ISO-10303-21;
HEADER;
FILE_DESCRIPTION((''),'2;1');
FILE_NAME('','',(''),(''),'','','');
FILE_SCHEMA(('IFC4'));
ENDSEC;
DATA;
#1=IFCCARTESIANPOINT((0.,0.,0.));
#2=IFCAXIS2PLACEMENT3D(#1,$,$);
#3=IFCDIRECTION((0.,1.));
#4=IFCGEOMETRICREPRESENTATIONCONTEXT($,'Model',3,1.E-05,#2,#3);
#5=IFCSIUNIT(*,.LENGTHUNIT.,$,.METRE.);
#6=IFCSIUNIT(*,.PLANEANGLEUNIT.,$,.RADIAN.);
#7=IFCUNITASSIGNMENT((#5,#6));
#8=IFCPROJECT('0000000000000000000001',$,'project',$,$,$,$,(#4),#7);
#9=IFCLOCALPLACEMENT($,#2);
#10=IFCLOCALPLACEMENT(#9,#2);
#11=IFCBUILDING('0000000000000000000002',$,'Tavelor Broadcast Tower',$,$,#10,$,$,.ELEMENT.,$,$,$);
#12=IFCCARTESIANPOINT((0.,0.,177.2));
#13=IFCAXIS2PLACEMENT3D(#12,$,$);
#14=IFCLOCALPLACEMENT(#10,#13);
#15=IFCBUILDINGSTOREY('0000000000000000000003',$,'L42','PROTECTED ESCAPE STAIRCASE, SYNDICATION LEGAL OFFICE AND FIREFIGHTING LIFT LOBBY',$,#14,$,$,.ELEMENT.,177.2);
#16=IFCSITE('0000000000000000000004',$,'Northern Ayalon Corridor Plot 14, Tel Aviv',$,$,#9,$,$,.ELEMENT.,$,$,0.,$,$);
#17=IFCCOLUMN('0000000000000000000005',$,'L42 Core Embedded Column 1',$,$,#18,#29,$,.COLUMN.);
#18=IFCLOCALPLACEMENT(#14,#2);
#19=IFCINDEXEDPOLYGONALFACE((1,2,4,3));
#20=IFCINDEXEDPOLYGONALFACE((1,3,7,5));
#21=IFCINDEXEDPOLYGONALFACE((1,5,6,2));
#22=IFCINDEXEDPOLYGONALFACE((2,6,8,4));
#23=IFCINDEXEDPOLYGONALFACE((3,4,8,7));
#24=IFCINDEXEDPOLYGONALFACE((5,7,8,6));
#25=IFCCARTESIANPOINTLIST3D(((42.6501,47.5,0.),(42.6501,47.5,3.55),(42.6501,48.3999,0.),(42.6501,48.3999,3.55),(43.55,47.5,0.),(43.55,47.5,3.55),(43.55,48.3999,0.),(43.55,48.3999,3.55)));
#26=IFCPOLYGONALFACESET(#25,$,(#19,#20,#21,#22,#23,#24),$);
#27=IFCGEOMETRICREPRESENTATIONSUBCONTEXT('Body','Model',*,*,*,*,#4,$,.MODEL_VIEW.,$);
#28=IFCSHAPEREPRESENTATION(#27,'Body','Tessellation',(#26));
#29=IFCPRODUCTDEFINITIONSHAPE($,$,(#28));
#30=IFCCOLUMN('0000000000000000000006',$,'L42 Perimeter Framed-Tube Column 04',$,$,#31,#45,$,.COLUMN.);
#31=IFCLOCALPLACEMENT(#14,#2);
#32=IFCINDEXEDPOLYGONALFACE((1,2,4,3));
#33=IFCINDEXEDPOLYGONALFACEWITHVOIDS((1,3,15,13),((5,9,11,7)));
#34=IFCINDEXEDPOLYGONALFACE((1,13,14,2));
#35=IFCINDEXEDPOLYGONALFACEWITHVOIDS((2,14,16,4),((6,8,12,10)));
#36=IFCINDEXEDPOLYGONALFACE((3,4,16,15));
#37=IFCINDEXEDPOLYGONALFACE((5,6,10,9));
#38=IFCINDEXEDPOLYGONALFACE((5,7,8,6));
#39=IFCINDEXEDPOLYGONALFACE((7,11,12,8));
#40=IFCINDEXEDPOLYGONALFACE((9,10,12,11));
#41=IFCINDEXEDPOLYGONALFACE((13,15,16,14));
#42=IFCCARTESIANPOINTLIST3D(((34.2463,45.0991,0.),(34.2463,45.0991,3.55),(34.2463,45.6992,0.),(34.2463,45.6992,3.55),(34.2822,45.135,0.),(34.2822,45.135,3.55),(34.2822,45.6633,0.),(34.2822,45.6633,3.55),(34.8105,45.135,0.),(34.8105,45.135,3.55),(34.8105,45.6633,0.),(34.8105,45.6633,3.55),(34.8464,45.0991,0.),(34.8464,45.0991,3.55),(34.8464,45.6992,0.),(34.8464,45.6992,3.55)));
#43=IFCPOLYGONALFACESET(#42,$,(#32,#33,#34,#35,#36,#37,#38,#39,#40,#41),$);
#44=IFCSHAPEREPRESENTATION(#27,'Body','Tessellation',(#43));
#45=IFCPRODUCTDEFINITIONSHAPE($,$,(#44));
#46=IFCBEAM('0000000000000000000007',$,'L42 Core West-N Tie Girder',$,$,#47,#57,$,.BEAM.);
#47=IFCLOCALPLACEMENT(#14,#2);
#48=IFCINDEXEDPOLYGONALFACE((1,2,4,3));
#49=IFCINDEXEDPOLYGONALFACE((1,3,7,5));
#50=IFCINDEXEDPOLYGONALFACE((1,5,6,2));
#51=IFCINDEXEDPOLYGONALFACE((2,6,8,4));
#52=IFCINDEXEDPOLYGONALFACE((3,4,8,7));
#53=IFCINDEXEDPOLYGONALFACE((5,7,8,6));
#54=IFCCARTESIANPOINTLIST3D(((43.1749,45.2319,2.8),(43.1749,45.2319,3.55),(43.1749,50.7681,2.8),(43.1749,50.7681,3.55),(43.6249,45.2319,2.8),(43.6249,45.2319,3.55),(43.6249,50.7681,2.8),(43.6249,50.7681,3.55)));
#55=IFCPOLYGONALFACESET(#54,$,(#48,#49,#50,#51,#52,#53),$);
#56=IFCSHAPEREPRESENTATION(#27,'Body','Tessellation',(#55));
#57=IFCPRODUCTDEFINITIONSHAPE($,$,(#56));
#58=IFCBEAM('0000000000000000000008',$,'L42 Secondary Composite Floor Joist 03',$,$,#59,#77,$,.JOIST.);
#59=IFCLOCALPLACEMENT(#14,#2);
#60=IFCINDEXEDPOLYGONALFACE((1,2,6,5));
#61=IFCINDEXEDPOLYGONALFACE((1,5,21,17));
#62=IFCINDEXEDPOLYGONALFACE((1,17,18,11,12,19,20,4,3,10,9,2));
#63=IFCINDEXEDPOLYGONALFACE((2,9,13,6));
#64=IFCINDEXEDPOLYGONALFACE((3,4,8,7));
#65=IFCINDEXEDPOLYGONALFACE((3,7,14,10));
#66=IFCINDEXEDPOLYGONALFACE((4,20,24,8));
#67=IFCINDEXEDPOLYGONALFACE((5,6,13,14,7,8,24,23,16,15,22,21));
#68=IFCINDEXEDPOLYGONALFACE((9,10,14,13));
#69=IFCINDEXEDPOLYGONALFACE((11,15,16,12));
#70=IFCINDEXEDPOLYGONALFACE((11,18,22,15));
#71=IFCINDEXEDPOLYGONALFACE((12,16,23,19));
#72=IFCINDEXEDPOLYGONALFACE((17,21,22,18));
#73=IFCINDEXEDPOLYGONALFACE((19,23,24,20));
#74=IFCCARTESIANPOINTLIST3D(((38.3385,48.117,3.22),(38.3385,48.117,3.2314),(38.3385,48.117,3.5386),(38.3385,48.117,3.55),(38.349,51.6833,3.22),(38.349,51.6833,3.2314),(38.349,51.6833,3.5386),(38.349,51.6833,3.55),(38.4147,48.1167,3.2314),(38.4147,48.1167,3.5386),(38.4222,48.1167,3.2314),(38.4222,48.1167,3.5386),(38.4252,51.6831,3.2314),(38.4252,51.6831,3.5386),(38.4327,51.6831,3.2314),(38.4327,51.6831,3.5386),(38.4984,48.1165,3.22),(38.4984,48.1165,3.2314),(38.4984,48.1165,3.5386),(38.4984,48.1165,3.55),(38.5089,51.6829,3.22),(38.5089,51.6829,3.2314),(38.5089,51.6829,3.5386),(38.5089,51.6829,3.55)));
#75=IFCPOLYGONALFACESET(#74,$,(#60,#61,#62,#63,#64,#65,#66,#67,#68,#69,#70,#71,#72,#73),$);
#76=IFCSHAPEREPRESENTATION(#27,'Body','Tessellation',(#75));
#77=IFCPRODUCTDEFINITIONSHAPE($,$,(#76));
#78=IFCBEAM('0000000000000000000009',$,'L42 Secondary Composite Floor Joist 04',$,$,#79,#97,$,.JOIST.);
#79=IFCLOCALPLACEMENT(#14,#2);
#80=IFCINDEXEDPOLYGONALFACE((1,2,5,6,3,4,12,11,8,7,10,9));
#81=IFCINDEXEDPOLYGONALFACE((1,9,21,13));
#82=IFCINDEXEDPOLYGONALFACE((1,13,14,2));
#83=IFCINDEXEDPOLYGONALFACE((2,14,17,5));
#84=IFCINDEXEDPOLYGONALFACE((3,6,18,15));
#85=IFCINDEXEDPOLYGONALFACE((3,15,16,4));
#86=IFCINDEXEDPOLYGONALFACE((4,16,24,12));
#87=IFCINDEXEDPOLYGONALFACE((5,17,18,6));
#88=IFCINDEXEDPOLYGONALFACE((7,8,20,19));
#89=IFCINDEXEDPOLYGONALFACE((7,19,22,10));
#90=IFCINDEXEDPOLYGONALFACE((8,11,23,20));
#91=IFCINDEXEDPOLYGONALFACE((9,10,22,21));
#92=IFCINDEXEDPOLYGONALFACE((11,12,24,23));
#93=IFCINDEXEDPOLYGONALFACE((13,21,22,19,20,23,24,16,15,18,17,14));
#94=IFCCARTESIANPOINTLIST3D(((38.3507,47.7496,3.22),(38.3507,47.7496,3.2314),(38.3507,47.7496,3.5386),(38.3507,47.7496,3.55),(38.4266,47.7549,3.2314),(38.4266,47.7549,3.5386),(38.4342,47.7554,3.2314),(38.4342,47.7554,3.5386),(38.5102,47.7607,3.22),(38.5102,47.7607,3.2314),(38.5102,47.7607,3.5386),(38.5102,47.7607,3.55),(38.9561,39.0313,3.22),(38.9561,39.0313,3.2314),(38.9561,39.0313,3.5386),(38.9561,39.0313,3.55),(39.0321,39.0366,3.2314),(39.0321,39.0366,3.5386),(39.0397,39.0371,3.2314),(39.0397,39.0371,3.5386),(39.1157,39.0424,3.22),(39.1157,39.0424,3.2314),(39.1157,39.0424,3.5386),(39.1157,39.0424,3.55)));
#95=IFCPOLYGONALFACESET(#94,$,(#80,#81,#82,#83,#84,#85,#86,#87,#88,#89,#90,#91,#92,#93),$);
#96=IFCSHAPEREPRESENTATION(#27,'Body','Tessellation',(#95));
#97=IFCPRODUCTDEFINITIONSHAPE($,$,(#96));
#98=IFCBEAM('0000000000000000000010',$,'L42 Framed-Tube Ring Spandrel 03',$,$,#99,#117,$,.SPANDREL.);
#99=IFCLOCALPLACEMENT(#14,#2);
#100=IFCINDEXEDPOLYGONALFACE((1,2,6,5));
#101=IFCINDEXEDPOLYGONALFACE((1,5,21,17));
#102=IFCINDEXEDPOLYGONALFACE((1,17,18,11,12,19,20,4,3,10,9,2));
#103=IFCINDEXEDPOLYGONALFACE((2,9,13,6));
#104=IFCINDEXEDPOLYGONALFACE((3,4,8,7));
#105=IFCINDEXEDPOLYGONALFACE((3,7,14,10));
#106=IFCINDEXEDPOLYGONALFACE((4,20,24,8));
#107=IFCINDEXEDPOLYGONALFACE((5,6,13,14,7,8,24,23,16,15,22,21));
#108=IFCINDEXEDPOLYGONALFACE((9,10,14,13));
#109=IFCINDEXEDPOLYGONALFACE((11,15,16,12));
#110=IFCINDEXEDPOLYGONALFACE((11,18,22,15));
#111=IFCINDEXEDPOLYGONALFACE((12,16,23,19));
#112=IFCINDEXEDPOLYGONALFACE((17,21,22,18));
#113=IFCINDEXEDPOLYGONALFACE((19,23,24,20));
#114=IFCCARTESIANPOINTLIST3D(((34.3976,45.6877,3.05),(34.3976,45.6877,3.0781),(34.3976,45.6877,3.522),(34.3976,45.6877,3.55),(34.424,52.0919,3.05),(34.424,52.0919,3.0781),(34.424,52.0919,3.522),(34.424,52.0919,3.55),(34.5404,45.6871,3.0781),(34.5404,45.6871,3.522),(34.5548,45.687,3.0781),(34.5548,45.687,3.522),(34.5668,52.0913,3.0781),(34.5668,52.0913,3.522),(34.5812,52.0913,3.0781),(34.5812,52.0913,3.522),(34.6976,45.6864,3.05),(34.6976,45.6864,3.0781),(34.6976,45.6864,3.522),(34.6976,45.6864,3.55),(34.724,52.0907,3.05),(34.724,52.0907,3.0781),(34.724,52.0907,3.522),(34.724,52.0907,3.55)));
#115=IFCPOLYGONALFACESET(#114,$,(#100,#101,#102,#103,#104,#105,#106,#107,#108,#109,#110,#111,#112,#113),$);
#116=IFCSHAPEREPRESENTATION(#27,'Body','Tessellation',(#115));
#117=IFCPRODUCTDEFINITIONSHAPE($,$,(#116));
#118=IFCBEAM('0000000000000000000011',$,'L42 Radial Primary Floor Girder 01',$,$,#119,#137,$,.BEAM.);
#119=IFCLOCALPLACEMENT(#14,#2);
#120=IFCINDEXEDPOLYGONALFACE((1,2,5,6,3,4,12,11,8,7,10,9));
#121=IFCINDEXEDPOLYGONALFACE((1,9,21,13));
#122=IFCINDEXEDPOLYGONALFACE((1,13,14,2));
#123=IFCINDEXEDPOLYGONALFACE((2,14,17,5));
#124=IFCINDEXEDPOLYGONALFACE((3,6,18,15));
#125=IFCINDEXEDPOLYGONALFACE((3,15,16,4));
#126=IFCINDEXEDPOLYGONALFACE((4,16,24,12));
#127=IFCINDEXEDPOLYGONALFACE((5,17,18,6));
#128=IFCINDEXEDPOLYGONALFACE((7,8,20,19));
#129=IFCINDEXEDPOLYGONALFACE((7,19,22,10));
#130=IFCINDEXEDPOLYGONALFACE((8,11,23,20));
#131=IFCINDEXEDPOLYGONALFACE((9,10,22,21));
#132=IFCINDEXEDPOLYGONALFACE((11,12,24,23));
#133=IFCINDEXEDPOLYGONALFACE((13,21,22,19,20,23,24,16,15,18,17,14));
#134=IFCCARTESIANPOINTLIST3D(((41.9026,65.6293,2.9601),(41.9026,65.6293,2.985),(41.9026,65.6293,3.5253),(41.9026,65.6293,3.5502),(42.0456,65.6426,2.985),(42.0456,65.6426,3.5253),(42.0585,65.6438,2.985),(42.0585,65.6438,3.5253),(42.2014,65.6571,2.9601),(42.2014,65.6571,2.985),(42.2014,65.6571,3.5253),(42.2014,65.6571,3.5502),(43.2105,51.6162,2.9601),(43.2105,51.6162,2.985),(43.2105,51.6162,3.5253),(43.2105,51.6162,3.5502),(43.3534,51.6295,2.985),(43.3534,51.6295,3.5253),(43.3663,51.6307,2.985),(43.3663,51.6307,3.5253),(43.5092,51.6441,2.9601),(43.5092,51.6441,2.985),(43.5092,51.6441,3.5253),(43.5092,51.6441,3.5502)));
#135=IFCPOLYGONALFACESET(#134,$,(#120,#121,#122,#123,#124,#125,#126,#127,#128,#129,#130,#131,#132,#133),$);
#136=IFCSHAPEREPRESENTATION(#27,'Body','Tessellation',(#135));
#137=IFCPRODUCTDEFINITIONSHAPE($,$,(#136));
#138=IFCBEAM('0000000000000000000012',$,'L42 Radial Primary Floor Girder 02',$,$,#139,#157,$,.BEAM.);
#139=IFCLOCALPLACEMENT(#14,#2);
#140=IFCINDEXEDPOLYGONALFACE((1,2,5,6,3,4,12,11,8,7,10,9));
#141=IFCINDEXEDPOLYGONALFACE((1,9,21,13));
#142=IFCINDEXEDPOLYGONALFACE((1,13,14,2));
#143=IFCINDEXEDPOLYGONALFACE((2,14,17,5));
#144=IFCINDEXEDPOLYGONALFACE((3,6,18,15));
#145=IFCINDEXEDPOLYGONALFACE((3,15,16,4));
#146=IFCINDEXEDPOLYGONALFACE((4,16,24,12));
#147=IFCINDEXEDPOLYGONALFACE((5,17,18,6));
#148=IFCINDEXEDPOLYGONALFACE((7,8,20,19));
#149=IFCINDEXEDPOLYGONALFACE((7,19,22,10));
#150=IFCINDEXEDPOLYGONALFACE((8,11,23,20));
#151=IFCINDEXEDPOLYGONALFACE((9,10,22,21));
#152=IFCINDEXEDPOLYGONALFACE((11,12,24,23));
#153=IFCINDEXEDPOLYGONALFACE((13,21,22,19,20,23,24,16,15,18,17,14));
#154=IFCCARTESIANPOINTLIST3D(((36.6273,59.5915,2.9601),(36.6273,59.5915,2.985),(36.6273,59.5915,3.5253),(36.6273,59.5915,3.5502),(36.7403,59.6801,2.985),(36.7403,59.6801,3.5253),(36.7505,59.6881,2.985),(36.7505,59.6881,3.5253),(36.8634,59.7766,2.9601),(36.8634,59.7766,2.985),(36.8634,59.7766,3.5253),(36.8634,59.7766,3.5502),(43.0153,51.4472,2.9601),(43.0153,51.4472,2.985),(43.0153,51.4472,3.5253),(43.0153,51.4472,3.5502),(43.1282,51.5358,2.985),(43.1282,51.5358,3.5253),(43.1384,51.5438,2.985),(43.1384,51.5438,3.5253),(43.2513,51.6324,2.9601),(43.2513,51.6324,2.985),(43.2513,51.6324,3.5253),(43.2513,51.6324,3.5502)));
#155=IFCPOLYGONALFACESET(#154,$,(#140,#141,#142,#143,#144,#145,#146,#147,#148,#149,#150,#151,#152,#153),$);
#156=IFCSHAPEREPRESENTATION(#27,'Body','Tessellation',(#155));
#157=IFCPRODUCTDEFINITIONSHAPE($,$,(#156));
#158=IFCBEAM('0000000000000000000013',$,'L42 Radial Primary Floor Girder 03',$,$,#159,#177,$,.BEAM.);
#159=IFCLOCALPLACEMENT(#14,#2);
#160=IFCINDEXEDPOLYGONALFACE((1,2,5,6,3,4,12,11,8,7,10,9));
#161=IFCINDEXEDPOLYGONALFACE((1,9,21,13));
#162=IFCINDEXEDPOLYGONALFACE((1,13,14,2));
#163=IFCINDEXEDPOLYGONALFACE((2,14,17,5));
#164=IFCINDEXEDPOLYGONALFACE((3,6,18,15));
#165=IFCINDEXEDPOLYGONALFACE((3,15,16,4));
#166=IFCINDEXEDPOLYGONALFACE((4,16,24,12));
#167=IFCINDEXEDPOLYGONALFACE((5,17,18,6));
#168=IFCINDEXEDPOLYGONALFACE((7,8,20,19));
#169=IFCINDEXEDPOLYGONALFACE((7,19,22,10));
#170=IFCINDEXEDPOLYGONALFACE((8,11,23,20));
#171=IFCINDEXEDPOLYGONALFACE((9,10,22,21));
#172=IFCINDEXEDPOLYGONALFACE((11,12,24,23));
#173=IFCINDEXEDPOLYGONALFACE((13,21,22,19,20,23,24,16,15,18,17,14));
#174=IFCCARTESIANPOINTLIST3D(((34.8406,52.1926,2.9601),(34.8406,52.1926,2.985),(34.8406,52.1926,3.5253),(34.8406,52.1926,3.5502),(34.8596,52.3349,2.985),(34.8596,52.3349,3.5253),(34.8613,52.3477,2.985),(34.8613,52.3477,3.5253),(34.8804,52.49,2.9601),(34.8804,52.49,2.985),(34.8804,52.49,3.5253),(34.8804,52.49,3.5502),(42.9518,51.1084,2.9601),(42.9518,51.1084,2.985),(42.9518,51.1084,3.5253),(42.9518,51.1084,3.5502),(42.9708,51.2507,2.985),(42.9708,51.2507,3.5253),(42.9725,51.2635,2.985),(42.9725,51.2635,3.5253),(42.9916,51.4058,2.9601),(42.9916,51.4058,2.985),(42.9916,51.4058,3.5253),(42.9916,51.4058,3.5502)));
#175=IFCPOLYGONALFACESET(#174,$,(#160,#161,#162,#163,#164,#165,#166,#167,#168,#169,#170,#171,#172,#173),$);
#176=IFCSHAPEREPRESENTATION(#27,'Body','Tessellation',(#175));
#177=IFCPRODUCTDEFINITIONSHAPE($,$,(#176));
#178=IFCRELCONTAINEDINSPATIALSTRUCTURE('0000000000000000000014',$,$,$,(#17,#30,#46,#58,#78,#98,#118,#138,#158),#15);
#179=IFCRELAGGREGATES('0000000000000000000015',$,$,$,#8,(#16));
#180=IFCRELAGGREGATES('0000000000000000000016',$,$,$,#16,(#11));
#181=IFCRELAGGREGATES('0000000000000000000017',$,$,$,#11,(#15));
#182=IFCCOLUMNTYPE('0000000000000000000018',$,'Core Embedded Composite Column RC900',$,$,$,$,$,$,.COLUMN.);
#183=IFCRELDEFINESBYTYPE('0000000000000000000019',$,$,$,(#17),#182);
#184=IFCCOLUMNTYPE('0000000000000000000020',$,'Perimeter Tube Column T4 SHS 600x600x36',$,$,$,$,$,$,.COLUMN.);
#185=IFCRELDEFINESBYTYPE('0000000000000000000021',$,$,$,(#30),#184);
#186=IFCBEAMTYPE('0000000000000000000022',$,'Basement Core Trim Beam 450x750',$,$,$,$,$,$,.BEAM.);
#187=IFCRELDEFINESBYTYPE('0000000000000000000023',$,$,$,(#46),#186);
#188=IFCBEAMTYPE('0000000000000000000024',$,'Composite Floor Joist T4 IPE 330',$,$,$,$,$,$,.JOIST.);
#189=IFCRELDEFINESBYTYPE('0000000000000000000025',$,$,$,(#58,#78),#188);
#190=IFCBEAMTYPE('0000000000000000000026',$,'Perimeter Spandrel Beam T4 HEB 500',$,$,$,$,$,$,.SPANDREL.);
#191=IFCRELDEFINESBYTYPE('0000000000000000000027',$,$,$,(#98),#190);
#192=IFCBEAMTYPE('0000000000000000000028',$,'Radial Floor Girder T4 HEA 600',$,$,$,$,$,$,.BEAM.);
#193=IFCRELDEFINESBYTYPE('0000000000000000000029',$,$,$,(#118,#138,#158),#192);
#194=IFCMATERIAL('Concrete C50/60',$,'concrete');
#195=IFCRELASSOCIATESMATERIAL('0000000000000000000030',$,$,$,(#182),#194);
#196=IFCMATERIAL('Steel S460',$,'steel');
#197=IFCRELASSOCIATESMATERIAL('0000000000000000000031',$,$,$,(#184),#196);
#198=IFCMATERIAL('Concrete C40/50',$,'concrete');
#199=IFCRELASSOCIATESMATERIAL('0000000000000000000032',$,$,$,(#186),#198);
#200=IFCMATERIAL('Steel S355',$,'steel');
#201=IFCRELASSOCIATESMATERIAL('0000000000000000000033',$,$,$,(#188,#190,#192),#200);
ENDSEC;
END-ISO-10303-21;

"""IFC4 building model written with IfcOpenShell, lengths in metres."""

from ifc_helpers import new_model, si_unit, direction, frame, origin, origin_2d, place, context, subcontext, project, spatial, rectangle, hollow_rectangle, i_section, extrude, material, material_profile, profile_set, type_object, element, save


model = new_model("IFC4")

# Units and contexts
model_context = context("Model", 3, precision=1e-05, world=origin(), true_north=direction((0.0, 1.0)))
body_context = subcontext(model_context, "Body", "Model", "MODEL_VIEW")
ifc_project = project(units=[si_unit("LENGTHUNIT", "METRE"), si_unit("PLANEANGLEUNIT", "RADIAN")], contexts=[model_context])

# Site, building, storey
site_placement = place(None, origin())
site = spatial("IfcSite", under=ifc_project, at=site_placement, Name="Northern Ayalon Corridor Plot 14, Tel Aviv", CompositionType="ELEMENT", RefElevation=0.0)
building_placement = place(site_placement, origin())
building = spatial("IfcBuilding", under=site, at=building_placement, Name="Tavelor Broadcast Tower", CompositionType="ELEMENT")
storey_placement = place(building_placement, frame((0.0, 0.0, 177.2)))
storey = spatial("IfcBuildingStorey", under=building, at=storey_placement, Name="L42", Description="PROTECTED ESCAPE STAIRCASE, SYNDICATION LEGAL OFFICE AND FIREFIGHTING LIFT LOBBY", CompositionType="ELEMENT", Elevation=177.2)

# Columns
ifc_material_1 = material(Name="Concrete C50/60", Category="concrete")
ifc_material_profile_1 = material_profile(ifc_material_1, rectangle(XDim=0.8999, YDim=0.8999, at=origin_2d()), Name="RC 900x900")
ifc_profile_set_1 = profile_set([ifc_material_profile_1], Name="Concrete C50/60")
column_type_1 = type_object("IfcColumnType", Name="Core Embedded Composite Column RC900", PredefinedType="COLUMN", material=ifc_profile_set_1)
column_1_placement = place(storey_placement, frame((43.1001, 47.95, 0.0), z_axis=(0.0, 0.0, 1.0), x_axis=(1.0, 0.0, 0.0)))
element("IfcColumn", 1, at=column_1_placement, inside=storey, type_object=column_type_1, Name="L42 Core Embedded Column 1", PredefinedType="COLUMN", context=body_context, shape_type="SweptSolid", body=[
    extrude(rectangle(XDim=0.8999, YDim=0.8999, at=origin_2d()), origin(), (0.0, 0.0, 1.0), 3.55),
])
ifc_material_2 = material(Name="Steel S460", Category="steel")
ifc_material_profile_2 = material_profile(ifc_material_2, hollow_rectangle(XDim=0.6001, YDim=0.6001, WallThickness=0.0359, at=origin_2d()), Name="SHS 600x600x36")
ifc_profile_set_2 = profile_set([ifc_material_profile_2], Name="Steel S460")
column_type_2 = type_object("IfcColumnType", Name="Perimeter Tube Column T4 SHS 600x600x36", PredefinedType="COLUMN", material=ifc_profile_set_2)
column_2_placement = place(storey_placement, frame((34.5464, 45.3992, 0.0), z_axis=(0.0, 0.0, 1.0), x_axis=(1.0, 0.0, 0.0)))
element("IfcColumn", 2, at=column_2_placement, inside=storey, type_object=column_type_2, Name="L42 Perimeter Framed-Tube Column 04", PredefinedType="COLUMN", context=body_context, shape_type="SweptSolid", body=[
    extrude(hollow_rectangle(XDim=0.6001, YDim=0.6001, WallThickness=0.0359, at=origin_2d()), origin(), (0.0, 0.0, 1.0), 3.55),
])

# Beams
ifc_material_3 = material(Name="Concrete C40/50", Category="concrete")
ifc_material_profile_3 = material_profile(ifc_material_3, rectangle(XDim=0.45, YDim=0.75, at=origin_2d()), Name="RC 450x750")
ifc_profile_set_3 = profile_set([ifc_material_profile_3], Name="Concrete C40/50")
beam_type_1 = type_object("IfcBeamType", Name="Basement Core Trim Beam 450x750", PredefinedType="BEAM", material=ifc_profile_set_3)
beam_1_placement = place(storey_placement, frame((43.3999, 45.2319, 3.175), z_axis=(0.0, 1.0, 0.0), x_axis=(-1.0, 0.0, 0.0)))
element("IfcBeam", 3, at=beam_1_placement, inside=storey, type_object=beam_type_1, Name="L42 Core West-N Tie Girder", PredefinedType="BEAM", context=body_context, shape_type="SweptSolid", body=[
    extrude(rectangle(XDim=0.45, YDim=0.75, at=origin_2d()), origin(), (0.0, 0.0, 1.0), 5.5361),
])
ifc_material_4 = material(Name="Steel S355", Category="steel")
ifc_material_profile_4 = material_profile(ifc_material_4, i_section(OverallWidth=0.1599, OverallDepth=0.3301, WebThickness=0.0076, FlangeThickness=0.0115, at=origin_2d()), Name="IPE 330")
ifc_profile_set_4 = profile_set([ifc_material_profile_4], Name="Steel S355")
beam_type_2 = type_object("IfcBeamType", Name="Composite Floor Joist T4 IPE 330", PredefinedType="JOIST", material=ifc_profile_set_4)
beam_2_placement = place(storey_placement, frame((38.429, 51.6831, 3.385), z_axis=(-0.002944, -0.999996, 0.0), x_axis=(0.999996, -0.002944, 0.0)))
element("IfcBeam", 4, at=beam_2_placement, inside=storey, type_object=beam_type_2, Name="L42 Secondary Composite Floor Joist 03", PredefinedType="JOIST", context=body_context, shape_type="SweptSolid", body=[
    extrude(i_section(OverallWidth=0.1599, OverallDepth=0.3301, WebThickness=0.0076, FlangeThickness=0.0115, at=origin_2d()), origin(), (0.0, 0.0, 1.0), 3.5664),
])
beam_3_placement = place(storey_placement, frame((38.4304, 47.7551, 3.385), z_axis=(0.069281, -0.997597, 0.0), x_axis=(0.997597, 0.069281, 0.0)))
element("IfcBeam", 5, at=beam_3_placement, inside=storey, type_object=beam_type_2, Name="L42 Secondary Composite Floor Joist 04", PredefinedType="JOIST", context=body_context, shape_type="SweptSolid", body=[
    extrude(i_section(OverallWidth=0.1599, OverallDepth=0.3301, WebThickness=0.0076, FlangeThickness=0.0115, at=origin_2d()), origin(), (0.0, 0.0, 1.0), 8.7393),
])
ifc_material_profile_5 = material_profile(ifc_material_4, i_section(OverallWidth=0.3, OverallDepth=0.5, WebThickness=0.0144, FlangeThickness=0.0281, at=origin_2d()), Name="HEB 500")
ifc_profile_set_5 = profile_set([ifc_material_profile_5], Name="Steel S355")
beam_type_3 = type_object("IfcBeamType", Name="Perimeter Spandrel Beam T4 HEB 500", PredefinedType="SPANDREL", material=ifc_profile_set_5)
beam_4_placement = place(storey_placement, frame((34.574, 52.0913, 3.3), z_axis=(-0.004117, -0.999992, 0.0), x_axis=(0.999992, -0.004117, 0.0)))
element("IfcBeam", 6, at=beam_4_placement, inside=storey, type_object=beam_type_3, Name="L42 Framed-Tube Ring Spandrel 03", PredefinedType="SPANDREL", context=body_context, shape_type="SweptSolid", body=[
    extrude(i_section(OverallWidth=0.3, OverallDepth=0.5, WebThickness=0.0144, FlangeThickness=0.0281, at=origin_2d()), origin(), (0.0, 0.0, 1.0), 6.4043),
])
ifc_material_profile_6 = material_profile(ifc_material_4, i_section(OverallWidth=0.3, OverallDepth=0.5901, WebThickness=0.0129, FlangeThickness=0.0249, at=origin_2d()), Name="HEA 600")
ifc_profile_set_6 = profile_set([ifc_material_profile_6], Name="Steel S355")
beam_type_4 = type_object("IfcBeamType", Name="Radial Floor Girder T4 HEA 600", PredefinedType="BEAM", material=ifc_profile_set_6)
beam_5_placement = place(storey_placement, frame((43.3599, 51.6301, 3.2551), z_axis=(-0.092927, 0.995673, 0.0), x_axis=(-0.995673, -0.092927, 0.0)))
element("IfcBeam", 7, at=beam_5_placement, inside=storey, type_object=beam_type_4, Name="L42 Radial Primary Floor Girder 01", PredefinedType="BEAM", context=body_context, shape_type="SweptSolid", body=[
    extrude(i_section(OverallWidth=0.3, OverallDepth=0.5901, WebThickness=0.0129, FlangeThickness=0.0249, at=origin_2d()), origin(), (0.0, 0.0, 1.0), 14.074),
])
beam_6_placement = place(storey_placement, frame((43.1333, 51.5398, 3.2551), z_axis=(-0.617156, 0.786841, 0.0), x_axis=(-0.786841, -0.617156, 0.0)))
element("IfcBeam", 8, at=beam_6_placement, inside=storey, type_object=beam_type_4, Name="L42 Radial Primary Floor Girder 02", PredefinedType="BEAM", context=body_context, shape_type="SweptSolid", body=[
    extrude(i_section(OverallWidth=0.3, OverallDepth=0.5901, WebThickness=0.0129, FlangeThickness=0.0249, at=origin_2d()), origin(), (0.0, 0.0, 1.0), 10.3506),
])
beam_7_placement = place(storey_placement, frame((42.9717, 51.2571, 3.2551), z_axis=(-0.991184, 0.132494, 0.0), x_axis=(-0.132494, -0.991184, 0.0)))
element("IfcBeam", 9, at=beam_7_placement, inside=storey, type_object=beam_type_4, Name="L42 Radial Primary Floor Girder 03", PredefinedType="BEAM", context=body_context, shape_type="SweptSolid", body=[
    extrude(i_section(OverallWidth=0.3, OverallDepth=0.5901, WebThickness=0.0129, FlangeThickness=0.0249, at=origin_2d()), origin(), (0.0, 0.0, 1.0), 8.1833),
])

save(model, "model.ifc")
